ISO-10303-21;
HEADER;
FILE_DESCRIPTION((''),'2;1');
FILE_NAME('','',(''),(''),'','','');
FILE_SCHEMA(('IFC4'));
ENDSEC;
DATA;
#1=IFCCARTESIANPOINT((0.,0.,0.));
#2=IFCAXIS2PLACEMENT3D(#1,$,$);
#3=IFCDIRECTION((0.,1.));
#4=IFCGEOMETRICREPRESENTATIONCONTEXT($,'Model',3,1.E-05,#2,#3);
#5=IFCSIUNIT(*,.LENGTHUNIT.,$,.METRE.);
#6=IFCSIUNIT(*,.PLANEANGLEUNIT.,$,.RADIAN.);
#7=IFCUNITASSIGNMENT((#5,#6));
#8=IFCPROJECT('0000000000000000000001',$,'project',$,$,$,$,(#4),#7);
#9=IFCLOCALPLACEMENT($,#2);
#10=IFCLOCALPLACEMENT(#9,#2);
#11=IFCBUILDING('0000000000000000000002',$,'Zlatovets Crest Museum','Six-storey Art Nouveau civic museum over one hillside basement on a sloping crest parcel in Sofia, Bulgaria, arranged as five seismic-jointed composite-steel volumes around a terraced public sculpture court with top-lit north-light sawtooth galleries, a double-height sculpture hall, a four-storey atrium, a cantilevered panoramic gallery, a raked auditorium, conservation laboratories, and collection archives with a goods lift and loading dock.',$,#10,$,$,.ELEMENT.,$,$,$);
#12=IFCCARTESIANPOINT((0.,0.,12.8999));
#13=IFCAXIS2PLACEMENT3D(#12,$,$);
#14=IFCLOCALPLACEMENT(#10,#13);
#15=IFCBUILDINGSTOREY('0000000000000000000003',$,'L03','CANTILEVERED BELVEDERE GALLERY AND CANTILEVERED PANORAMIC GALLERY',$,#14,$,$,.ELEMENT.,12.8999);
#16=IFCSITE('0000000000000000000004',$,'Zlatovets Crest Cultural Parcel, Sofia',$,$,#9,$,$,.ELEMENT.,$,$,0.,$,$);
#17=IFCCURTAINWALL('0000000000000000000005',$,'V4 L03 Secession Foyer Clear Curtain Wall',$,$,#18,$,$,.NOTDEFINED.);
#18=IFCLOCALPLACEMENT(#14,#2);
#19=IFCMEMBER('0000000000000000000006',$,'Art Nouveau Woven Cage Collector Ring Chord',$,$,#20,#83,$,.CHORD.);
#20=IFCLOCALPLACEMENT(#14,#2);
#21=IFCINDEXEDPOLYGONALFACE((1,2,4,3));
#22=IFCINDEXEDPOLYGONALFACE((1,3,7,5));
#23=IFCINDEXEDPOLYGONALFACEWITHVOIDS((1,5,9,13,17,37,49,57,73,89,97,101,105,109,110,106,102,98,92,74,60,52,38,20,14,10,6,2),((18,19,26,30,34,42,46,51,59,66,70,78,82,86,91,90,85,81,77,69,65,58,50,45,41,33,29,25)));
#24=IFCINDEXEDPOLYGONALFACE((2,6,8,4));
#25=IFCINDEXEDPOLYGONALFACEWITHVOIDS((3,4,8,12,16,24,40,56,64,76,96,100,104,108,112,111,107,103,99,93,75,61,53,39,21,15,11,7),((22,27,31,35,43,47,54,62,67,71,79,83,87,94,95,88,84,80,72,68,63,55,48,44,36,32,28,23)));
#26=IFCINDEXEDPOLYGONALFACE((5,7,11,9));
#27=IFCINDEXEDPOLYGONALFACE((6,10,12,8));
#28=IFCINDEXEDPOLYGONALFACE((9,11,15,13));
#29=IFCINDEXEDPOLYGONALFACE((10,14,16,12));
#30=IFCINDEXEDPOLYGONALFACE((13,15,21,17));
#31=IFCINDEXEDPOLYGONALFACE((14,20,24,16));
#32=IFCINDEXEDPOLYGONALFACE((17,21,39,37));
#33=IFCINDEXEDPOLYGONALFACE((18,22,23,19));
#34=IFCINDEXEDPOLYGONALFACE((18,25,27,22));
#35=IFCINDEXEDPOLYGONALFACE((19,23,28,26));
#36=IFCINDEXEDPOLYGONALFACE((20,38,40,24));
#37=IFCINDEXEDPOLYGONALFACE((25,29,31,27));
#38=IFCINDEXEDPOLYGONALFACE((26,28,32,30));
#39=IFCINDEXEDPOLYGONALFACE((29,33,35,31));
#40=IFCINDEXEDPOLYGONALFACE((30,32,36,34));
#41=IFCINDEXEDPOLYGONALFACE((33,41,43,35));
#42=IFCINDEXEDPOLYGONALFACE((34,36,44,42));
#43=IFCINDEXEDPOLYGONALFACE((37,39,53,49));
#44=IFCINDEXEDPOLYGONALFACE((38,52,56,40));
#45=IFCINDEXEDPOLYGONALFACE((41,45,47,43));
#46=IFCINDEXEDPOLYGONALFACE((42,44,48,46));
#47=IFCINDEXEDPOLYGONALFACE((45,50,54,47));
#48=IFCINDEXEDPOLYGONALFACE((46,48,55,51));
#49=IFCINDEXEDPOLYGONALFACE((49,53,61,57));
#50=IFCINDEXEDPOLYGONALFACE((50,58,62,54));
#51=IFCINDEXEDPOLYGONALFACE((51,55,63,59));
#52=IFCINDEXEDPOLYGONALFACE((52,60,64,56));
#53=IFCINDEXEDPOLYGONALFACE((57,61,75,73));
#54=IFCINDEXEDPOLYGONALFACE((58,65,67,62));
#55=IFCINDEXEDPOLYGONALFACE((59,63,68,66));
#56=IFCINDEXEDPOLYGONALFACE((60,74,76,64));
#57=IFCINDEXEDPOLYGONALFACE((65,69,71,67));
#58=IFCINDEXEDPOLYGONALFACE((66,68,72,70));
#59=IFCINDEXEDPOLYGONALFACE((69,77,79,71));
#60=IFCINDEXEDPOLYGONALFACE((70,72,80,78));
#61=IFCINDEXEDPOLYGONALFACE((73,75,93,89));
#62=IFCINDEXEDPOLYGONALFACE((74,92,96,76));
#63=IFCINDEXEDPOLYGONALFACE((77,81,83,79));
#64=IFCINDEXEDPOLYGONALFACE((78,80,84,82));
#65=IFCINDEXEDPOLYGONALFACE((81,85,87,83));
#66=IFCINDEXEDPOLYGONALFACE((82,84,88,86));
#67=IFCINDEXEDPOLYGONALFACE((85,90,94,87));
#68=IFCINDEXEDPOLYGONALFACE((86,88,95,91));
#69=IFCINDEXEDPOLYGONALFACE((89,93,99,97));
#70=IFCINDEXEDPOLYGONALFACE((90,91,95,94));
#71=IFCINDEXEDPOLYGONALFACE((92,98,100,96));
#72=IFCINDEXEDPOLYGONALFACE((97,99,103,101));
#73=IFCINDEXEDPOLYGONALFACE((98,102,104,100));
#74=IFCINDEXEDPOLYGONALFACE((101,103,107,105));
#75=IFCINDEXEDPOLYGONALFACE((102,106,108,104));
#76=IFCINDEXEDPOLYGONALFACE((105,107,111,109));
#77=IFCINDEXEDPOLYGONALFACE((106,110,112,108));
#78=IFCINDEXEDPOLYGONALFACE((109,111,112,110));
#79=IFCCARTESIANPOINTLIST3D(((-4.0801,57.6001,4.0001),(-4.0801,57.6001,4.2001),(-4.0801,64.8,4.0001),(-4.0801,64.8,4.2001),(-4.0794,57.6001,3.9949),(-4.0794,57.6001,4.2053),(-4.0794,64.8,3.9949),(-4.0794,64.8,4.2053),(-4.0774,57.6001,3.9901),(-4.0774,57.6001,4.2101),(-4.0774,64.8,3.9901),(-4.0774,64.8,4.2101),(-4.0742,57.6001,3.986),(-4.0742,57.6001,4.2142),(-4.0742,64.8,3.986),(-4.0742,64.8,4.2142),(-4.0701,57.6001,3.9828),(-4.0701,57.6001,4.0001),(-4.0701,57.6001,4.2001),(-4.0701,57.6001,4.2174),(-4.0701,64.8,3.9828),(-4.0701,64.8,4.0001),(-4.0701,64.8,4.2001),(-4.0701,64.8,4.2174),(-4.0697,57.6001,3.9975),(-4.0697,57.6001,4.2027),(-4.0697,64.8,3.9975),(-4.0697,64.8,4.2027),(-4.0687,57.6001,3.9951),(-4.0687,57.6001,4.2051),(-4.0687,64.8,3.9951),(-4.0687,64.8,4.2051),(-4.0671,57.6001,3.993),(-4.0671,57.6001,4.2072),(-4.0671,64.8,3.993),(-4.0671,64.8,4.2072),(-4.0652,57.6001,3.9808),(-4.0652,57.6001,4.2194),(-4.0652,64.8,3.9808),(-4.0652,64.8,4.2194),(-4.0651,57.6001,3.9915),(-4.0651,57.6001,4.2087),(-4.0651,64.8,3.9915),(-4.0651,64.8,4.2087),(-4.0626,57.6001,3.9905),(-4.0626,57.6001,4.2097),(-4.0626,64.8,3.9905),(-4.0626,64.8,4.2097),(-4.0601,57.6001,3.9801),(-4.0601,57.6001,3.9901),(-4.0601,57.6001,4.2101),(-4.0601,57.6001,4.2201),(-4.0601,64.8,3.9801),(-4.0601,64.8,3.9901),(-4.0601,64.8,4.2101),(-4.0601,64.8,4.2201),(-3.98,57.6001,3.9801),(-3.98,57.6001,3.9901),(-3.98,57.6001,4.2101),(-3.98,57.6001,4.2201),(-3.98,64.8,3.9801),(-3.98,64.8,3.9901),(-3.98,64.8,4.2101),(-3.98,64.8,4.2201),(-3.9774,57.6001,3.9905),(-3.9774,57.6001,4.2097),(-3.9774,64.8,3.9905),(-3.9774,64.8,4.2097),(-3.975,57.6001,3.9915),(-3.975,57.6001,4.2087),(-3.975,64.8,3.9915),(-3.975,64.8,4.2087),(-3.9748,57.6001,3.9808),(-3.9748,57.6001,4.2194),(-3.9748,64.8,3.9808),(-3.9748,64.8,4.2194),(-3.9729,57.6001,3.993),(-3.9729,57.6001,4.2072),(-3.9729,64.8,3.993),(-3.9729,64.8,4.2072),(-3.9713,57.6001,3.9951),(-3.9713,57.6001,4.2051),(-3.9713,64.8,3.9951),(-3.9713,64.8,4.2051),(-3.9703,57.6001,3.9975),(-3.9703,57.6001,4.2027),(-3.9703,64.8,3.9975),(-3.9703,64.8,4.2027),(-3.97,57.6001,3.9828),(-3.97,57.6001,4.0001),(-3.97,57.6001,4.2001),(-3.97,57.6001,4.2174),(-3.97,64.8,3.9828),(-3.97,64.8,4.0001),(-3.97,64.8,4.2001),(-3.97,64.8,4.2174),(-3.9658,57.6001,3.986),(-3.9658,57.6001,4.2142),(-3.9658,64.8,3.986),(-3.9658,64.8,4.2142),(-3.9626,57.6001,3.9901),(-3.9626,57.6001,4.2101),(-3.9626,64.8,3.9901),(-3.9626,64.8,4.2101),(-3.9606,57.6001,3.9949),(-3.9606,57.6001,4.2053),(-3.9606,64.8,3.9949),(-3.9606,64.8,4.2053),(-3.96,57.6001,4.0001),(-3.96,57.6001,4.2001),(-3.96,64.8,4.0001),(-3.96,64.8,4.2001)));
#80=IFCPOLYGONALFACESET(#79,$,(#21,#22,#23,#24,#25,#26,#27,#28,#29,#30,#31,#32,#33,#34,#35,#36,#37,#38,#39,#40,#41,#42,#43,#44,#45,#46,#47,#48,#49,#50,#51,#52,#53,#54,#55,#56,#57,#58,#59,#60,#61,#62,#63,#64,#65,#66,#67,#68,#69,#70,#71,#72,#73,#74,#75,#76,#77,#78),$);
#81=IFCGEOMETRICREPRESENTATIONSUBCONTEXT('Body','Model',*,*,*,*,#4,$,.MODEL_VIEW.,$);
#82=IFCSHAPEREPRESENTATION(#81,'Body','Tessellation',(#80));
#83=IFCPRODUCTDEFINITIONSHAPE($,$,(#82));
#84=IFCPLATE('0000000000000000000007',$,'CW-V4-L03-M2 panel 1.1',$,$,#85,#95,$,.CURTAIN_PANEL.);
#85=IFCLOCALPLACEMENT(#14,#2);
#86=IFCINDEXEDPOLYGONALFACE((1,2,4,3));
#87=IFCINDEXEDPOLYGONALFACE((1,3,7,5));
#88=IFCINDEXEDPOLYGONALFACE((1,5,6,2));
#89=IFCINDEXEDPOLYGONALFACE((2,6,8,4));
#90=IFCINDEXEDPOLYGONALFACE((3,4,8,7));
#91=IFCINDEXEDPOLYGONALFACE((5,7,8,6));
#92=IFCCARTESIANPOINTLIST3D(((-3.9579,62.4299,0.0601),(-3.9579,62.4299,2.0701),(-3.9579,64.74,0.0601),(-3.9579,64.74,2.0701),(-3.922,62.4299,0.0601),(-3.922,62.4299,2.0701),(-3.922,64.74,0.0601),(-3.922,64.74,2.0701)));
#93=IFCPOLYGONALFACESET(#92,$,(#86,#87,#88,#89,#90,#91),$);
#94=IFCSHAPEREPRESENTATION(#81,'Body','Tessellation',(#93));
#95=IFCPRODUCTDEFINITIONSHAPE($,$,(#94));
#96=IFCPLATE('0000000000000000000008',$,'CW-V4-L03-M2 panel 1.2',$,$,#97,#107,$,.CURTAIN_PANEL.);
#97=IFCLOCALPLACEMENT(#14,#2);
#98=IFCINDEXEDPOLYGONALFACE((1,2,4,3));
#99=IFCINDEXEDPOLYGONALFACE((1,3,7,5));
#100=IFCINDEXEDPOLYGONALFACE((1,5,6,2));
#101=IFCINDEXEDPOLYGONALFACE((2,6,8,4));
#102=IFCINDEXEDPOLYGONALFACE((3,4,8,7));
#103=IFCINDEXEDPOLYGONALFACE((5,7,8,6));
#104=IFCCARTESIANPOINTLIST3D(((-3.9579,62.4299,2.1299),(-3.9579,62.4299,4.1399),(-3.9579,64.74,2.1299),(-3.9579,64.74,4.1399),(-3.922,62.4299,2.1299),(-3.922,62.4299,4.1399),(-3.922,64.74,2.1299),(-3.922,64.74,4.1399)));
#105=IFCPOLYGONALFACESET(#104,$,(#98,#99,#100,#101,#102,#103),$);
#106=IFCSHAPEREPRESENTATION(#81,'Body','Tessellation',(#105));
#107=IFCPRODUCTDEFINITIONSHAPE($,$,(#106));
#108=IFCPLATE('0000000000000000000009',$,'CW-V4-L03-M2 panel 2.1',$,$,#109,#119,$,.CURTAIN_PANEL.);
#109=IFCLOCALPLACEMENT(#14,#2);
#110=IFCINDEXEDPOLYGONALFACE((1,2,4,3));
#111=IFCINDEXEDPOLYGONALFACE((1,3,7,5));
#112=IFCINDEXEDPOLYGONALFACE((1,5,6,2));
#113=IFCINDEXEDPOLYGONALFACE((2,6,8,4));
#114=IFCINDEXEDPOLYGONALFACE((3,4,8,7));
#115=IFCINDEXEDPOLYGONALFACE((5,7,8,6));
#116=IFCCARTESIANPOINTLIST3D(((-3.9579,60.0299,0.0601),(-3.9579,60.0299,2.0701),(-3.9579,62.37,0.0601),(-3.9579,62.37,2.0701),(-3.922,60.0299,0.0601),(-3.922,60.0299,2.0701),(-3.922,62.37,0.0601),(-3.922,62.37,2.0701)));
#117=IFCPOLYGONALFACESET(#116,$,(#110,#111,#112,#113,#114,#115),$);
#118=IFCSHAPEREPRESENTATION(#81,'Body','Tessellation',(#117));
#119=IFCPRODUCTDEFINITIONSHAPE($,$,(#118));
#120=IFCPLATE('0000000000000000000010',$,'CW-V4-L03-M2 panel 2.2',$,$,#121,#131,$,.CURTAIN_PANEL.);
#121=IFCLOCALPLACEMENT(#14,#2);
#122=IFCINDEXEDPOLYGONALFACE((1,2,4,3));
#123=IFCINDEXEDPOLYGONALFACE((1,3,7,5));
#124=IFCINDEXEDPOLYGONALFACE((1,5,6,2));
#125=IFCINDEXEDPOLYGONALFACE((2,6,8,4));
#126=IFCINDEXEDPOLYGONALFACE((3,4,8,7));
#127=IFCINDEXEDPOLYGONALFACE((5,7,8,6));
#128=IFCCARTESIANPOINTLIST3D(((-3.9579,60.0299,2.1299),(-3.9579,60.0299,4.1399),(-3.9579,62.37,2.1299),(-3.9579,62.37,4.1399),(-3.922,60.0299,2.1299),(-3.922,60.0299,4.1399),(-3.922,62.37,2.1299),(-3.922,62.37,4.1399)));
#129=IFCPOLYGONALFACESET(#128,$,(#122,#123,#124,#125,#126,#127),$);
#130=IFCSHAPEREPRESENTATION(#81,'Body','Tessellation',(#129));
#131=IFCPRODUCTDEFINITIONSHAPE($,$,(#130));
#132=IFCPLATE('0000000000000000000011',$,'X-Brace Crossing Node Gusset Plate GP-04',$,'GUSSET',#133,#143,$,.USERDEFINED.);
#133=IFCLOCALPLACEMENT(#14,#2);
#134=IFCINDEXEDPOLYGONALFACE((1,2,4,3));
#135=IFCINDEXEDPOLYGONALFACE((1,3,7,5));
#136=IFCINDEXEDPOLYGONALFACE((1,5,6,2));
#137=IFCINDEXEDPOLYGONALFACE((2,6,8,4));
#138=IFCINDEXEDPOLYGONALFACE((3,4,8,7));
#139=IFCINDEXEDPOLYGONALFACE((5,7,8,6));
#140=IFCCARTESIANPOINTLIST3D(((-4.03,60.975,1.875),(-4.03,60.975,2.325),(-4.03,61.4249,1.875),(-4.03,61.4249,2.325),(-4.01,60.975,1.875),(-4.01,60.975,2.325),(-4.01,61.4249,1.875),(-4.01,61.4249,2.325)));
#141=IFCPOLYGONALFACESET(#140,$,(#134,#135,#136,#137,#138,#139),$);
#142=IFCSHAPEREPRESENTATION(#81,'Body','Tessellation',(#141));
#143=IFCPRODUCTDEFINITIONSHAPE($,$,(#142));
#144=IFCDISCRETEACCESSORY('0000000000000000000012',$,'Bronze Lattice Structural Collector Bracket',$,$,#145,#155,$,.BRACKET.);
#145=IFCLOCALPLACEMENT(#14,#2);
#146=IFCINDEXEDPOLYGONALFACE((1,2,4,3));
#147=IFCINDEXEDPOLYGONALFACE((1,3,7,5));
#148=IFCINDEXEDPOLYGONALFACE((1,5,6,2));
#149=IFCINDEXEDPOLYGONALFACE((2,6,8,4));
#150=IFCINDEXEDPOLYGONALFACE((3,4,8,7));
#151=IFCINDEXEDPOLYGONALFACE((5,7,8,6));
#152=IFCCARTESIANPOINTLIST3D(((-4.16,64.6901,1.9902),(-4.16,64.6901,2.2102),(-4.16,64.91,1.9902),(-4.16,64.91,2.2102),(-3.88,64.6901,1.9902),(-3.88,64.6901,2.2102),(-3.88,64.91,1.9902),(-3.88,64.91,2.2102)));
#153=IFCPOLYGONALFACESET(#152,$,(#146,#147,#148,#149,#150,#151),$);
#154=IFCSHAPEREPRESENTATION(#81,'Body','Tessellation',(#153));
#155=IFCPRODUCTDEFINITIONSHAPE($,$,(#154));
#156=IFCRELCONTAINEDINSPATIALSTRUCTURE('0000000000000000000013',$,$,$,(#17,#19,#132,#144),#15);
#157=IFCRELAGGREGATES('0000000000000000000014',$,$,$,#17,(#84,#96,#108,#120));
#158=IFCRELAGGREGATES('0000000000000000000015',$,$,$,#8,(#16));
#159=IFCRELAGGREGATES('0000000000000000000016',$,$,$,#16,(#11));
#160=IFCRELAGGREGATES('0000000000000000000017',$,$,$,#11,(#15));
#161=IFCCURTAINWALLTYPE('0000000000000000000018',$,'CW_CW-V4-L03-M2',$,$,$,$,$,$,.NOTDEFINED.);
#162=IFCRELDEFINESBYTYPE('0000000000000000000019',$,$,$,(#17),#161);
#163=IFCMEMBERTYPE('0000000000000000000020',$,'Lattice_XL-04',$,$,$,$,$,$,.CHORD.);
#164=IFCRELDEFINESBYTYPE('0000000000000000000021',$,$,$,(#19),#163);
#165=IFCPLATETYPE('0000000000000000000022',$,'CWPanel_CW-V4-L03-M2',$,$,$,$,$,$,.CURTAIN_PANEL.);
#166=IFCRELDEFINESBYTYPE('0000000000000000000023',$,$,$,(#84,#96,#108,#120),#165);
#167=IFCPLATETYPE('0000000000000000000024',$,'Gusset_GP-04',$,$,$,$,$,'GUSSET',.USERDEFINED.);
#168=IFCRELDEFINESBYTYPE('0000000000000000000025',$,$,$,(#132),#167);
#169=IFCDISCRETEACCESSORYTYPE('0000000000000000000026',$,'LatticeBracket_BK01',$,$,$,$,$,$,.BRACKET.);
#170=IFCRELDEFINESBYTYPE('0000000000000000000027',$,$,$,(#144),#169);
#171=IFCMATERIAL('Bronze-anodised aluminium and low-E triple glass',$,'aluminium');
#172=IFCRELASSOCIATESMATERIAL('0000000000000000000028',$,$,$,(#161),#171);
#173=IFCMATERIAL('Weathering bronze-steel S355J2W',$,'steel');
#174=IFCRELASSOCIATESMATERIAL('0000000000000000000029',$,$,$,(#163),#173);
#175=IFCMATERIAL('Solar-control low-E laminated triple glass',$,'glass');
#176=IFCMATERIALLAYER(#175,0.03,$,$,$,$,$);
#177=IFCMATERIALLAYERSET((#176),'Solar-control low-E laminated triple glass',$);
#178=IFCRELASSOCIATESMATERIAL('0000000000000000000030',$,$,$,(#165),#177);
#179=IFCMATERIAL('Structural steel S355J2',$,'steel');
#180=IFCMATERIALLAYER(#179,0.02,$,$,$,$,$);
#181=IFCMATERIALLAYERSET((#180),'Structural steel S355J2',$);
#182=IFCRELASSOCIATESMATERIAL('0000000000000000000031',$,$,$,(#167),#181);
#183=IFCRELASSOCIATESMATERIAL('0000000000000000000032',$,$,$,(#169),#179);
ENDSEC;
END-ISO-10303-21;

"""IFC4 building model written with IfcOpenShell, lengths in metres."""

from ifc_helpers import new_model, si_unit, direction, frame, origin, origin_2d, place, context, subcontext, project, spatial, rectangle, hollow_rectangle, extrude, material, layer, layer_set, material_profile, profile_set, type_object, element, aggregate, save


model = new_model("IFC4")

# Units and contexts
model_context = context("Model", 3, precision=1e-05, world=origin(), true_north=direction((0.0, 1.0)))
body_context = subcontext(model_context, "Body", "Model", "MODEL_VIEW")
ifc_project = project(units=[si_unit("LENGTHUNIT", "METRE"), si_unit("PLANEANGLEUNIT", "RADIAN")], contexts=[model_context])

# Site, building, storey
site_placement = place(None, origin())
site = spatial("IfcSite", under=ifc_project, at=site_placement, Name="Zlatovets Crest Cultural Parcel, Sofia", CompositionType="ELEMENT", RefElevation=0.0)
building_placement = place(site_placement, origin())
building = spatial("IfcBuilding", under=site, at=building_placement, Name="Zlatovets Crest Museum", Description="Six-storey Art Nouveau civic museum over one hillside basement on a sloping crest parcel in Sofia, Bulgaria, arranged as five seismic-jointed composite-steel volumes around a terraced public sculpture court with top-lit north-light sawtooth galleries, a double-height sculpture hall, a four-storey atrium, a cantilevered panoramic gallery, a raked auditorium, conservation laboratories, and collection archives with a goods lift and loading dock.", CompositionType="ELEMENT")
storey_placement = place(building_placement, frame((0.0, 0.0, 12.8999)))
storey = spatial("IfcBuildingStorey", under=building, at=storey_placement, Name="L03", Description="CANTILEVERED BELVEDERE GALLERY AND CANTILEVERED PANORAMIC GALLERY", CompositionType="ELEMENT", Elevation=12.8999)

# Shared definitions
ifc_material_1 = material(Name="Structural steel S355J2", Category="steel")

# Curtain wall
ifc_material_2 = material(Name="Bronze-anodised aluminium and low-E triple glass", Category="aluminium")
curtain_wall_type = type_object("IfcCurtainWallType", Name="CW_CW-V4-L03-M2", PredefinedType="NOTDEFINED", material=ifc_material_2)
curtain_wall_placement = place(storey_placement, origin())
curtain_wall = element("IfcCurtainWall", 1, at=curtain_wall_placement, inside=storey, type_object=curtain_wall_type, Name="V4 L03 Secession Foyer Clear Curtain Wall", PredefinedType="NOTDEFINED")

# Member
ifc_material_3 = material(Name="Weathering bronze-steel S355J2W", Category="steel")
ifc_material_profile_1 = material_profile(ifc_material_3, hollow_rectangle(XDim=0.1201, YDim=0.24, WallThickness=0.01, InnerFilletRadius=0.01, OuterFilletRadius=0.02, at=origin_2d()), Name="RHS 120x240x10.0")
ifc_profile_set_1 = profile_set([ifc_material_profile_1], Name="Weathering bronze-steel S355J2W")
member_type_1 = type_object("IfcMemberType", Name="Lattice_XL-04", PredefinedType="CHORD", material=ifc_profile_set_1)
member_1_placement = place(storey_placement, frame((-4.02, 64.8, 4.1001), z_axis=(0.0, -1.0, 0.0), x_axis=(1.0, 0.0, 0.0)))
element("IfcMember", 2, at=member_1_placement, inside=storey, type_object=member_type_1, Name="Art Nouveau Woven Cage Collector Ring Chord", PredefinedType="CHORD", context=body_context, shape_type="SweptSolid", body=[
    extrude(hollow_rectangle(XDim=0.1201, YDim=0.24, WallThickness=0.01, InnerFilletRadius=0.01, OuterFilletRadius=0.02, at=origin_2d()), origin(), (0.0, 0.0, 1.0), 7.2),
])

# Plates
ifc_material_4 = material(Name="Solar-control low-E laminated triple glass", Category="glass")
ifc_layer_1 = layer(ifc_material_4, 0.03)
ifc_layer_set_1 = layer_set([ifc_layer_1], Name="Solar-control low-E laminated triple glass")
plate_type_1 = type_object("IfcPlateType", Name="CWPanel_CW-V4-L03-M2", PredefinedType="CURTAIN_PANEL", material=ifc_layer_set_1)
plate_1_placement = place(storey_placement, frame((-3.9399, 63.585, 0.0601), z_axis=(0.0, 0.0, 1.0), x_axis=(0.0, -1.0, 0.0)))
plate_1 = element("IfcPlate", 3, at=plate_1_placement, type_object=plate_type_1, Name="CW-V4-L03-M2 panel 1.1", PredefinedType="CURTAIN_PANEL", context=body_context, shape_type="SweptSolid", body=[
    extrude(rectangle(XDim=2.3101, YDim=0.0359, at=origin_2d()), origin(), (0.0, 0.0, 1.0), 2.01),
])
plate_2_placement = place(storey_placement, frame((-3.9399, 63.585, 2.1299), z_axis=(0.0, 0.0, 1.0), x_axis=(0.0, -1.0, 0.0)))
plate_2 = element("IfcPlate", 4, at=plate_2_placement, type_object=plate_type_1, Name="CW-V4-L03-M2 panel 1.2", PredefinedType="CURTAIN_PANEL", context=body_context, shape_type="SweptSolid", body=[
    extrude(rectangle(XDim=2.3101, YDim=0.0359, at=origin_2d()), origin(), (0.0, 0.0, 1.0), 2.01),
])
plate_3_placement = place(storey_placement, frame((-3.9399, 61.2, 0.0601), z_axis=(0.0, 0.0, 1.0), x_axis=(0.0, -1.0, 0.0)))
plate_3 = element("IfcPlate", 5, at=plate_3_placement, type_object=plate_type_1, Name="CW-V4-L03-M2 panel 2.1", PredefinedType="CURTAIN_PANEL", context=body_context, shape_type="SweptSolid", body=[
    extrude(rectangle(XDim=2.3401, YDim=0.0359, at=origin_2d()), origin(), (0.0, 0.0, 1.0), 2.01),
])
plate_4_placement = place(storey_placement, frame((-3.9399, 61.2, 2.1299), z_axis=(0.0, 0.0, 1.0), x_axis=(0.0, -1.0, 0.0)))
plate_4 = element("IfcPlate", 6, at=plate_4_placement, type_object=plate_type_1, Name="CW-V4-L03-M2 panel 2.2", PredefinedType="CURTAIN_PANEL", context=body_context, shape_type="SweptSolid", body=[
    extrude(rectangle(XDim=2.3401, YDim=0.0359, at=origin_2d()), origin(), (0.0, 0.0, 1.0), 2.01),
])
aggregate(curtain_wall, [plate_1, plate_2, plate_3, plate_4])
ifc_layer_2 = layer(ifc_material_1, 0.02)
ifc_layer_set_2 = layer_set([ifc_layer_2], Name="Structural steel S355J2")
plate_type_2 = type_object("IfcPlateType", Name="Gusset_GP-04", ElementType="GUSSET", PredefinedType="USERDEFINED", material=ifc_layer_set_2)
plate_5_placement = place(storey_placement, frame((-4.02, 61.2, 1.875), z_axis=(0.0, 0.0, 1.0), x_axis=(1.0, 0.0, 0.0)))
element("IfcPlate", 7, at=plate_5_placement, inside=storey, type_object=plate_type_2, Name="X-Brace Crossing Node Gusset Plate GP-04", ObjectType="GUSSET", PredefinedType="USERDEFINED", context=body_context, shape_type="SweptSolid", body=[
    extrude(rectangle(XDim=0.02, YDim=0.45, at=origin_2d()), origin(), (0.0, 0.0, 1.0), 0.45),
])

# Discrete accessory
discrete_accessory_type = type_object("IfcDiscreteAccessoryType", Name="LatticeBracket_BK01", PredefinedType="BRACKET", material=ifc_material_1)
discrete_accessory_placement = place(storey_placement, frame((-4.02, 64.8, 1.9902), z_axis=(0.0, 0.0, 1.0), x_axis=(1.0, 0.0, 0.0)))
element("IfcDiscreteAccessory", 8, at=discrete_accessory_placement, inside=storey, type_object=discrete_accessory_type, Name="Bronze Lattice Structural Collector Bracket", PredefinedType="BRACKET", context=body_context, shape_type="SweptSolid", body=[
    extrude(rectangle(XDim=0.28, YDim=0.22, at=origin_2d()), origin(), (0.0, 0.0, 1.0), 0.22),
])

save(model, "model.ifc")
